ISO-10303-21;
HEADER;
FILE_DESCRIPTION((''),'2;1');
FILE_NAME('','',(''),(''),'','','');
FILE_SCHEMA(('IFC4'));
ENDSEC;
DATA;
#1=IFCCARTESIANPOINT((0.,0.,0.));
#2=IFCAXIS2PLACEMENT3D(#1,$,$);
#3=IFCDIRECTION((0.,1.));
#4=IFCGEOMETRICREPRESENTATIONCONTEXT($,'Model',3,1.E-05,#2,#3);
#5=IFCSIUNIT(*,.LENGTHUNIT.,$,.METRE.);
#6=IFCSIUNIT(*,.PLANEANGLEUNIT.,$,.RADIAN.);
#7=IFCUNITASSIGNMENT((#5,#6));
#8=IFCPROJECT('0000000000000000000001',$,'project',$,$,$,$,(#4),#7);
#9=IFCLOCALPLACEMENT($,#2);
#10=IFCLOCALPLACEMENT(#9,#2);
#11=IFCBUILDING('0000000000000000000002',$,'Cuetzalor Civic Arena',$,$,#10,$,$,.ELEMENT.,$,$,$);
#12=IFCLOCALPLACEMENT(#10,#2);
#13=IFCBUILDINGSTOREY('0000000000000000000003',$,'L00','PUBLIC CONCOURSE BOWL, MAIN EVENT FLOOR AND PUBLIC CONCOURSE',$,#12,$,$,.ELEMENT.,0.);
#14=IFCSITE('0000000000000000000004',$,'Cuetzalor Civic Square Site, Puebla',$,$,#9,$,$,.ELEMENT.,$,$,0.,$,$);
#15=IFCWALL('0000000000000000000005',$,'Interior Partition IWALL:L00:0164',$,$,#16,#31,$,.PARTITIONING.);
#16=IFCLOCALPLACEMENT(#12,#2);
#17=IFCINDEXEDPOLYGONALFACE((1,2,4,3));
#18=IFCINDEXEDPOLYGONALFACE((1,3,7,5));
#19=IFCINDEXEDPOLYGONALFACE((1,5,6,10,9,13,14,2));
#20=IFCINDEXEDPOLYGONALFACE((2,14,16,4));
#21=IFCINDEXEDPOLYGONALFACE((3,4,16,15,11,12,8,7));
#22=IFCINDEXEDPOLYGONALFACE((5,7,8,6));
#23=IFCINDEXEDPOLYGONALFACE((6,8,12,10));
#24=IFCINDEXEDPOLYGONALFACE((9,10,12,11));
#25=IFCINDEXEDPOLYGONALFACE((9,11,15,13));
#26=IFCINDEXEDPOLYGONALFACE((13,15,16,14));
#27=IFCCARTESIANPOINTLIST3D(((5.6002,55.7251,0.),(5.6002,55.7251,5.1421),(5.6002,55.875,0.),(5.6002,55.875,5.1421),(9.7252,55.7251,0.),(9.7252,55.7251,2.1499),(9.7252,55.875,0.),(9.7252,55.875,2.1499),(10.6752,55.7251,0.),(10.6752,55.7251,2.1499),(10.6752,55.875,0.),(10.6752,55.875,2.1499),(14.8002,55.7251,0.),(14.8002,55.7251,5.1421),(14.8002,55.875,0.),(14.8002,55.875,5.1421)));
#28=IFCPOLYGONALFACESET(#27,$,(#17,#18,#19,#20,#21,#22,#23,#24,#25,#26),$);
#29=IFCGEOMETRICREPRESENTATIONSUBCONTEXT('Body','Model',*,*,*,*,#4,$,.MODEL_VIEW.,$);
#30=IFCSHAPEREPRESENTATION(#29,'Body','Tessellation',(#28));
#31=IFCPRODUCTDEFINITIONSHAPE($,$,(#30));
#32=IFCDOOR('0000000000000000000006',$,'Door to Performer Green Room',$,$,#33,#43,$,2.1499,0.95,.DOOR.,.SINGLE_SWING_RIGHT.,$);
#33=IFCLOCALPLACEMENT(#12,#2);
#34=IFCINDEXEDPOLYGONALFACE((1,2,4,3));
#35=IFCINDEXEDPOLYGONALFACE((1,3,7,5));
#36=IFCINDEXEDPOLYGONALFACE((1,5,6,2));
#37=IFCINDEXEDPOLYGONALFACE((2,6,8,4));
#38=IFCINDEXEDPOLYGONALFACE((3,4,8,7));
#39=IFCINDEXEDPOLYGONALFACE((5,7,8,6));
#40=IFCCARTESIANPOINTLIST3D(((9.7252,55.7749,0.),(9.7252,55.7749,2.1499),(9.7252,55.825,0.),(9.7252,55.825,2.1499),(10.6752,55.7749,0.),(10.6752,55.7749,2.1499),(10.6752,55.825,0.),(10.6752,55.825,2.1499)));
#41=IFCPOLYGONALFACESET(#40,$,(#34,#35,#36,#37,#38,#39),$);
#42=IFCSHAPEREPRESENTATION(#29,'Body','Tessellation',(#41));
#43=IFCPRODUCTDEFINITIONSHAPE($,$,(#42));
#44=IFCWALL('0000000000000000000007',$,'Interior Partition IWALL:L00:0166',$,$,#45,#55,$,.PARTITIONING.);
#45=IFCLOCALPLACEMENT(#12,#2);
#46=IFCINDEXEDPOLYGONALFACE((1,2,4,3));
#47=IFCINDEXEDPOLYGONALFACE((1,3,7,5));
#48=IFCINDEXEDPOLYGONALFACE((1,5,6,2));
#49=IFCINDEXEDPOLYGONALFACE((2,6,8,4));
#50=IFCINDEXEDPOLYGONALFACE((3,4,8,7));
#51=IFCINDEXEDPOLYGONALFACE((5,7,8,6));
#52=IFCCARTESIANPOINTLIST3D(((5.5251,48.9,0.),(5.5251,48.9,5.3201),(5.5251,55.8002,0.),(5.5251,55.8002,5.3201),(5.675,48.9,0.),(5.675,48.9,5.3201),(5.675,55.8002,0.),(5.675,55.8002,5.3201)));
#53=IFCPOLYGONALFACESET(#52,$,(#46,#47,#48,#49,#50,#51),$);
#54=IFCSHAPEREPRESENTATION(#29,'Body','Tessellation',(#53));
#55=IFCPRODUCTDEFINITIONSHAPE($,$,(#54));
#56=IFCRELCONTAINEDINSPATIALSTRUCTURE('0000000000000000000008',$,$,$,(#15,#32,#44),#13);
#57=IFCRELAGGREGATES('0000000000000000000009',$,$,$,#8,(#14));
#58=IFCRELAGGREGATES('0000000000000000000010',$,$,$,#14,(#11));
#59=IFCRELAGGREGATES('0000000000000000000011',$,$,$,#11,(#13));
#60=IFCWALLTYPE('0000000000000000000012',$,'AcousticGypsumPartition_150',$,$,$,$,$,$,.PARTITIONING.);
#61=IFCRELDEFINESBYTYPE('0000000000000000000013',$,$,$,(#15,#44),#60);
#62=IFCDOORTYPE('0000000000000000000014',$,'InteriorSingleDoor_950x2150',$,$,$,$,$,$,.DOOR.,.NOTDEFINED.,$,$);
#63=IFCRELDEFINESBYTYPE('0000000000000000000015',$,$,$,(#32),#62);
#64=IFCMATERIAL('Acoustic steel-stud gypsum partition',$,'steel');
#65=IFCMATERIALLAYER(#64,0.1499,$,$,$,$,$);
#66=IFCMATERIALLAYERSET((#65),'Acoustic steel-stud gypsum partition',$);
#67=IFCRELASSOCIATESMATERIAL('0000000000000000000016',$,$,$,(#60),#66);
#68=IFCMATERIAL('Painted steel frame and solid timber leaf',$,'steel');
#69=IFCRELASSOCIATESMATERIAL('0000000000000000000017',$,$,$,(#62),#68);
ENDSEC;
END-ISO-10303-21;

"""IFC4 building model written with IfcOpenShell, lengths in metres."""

from ifc_helpers import new_model, si_unit, direction, frame, frame_2d, origin, place, context, subcontext, project, spatial, rectangle, extrude, material, layer, layer_set, type_object, element, fill, save


model = new_model("IFC4")

# Units and contexts
model_context = context("Model", 3, precision=1e-05, world=origin(), true_north=direction((0.0, 1.0)))
body_context = subcontext(model_context, "Body", "Model", "MODEL_VIEW")
ifc_project = project(units=[si_unit("LENGTHUNIT", "METRE"), si_unit("PLANEANGLEUNIT", "RADIAN")], contexts=[model_context])

# Site, building, storey
site_placement = place(None, origin())
site = spatial("IfcSite", under=ifc_project, at=site_placement, Name="Cuetzalor Civic Square Site, Puebla", CompositionType="ELEMENT", RefElevation=0.0)
building_placement = place(site_placement, origin())
building = spatial("IfcBuilding", under=site, at=building_placement, Name="Cuetzalor Civic Arena", CompositionType="ELEMENT")
storey_placement = place(building_placement, origin())
storey = spatial("IfcBuildingStorey", under=building, at=storey_placement, Name="L00", Description="PUBLIC CONCOURSE BOWL, MAIN EVENT FLOOR AND PUBLIC CONCOURSE", CompositionType="ELEMENT", Elevation=0.0)

# Shared definitions
ifc_material_1 = material(Name="Acoustic steel-stud gypsum partition", Category="steel")
ifc_layer = layer(ifc_material_1, 0.1499)
ifc_layer_set = layer_set([ifc_layer], Name="Acoustic steel-stud gypsum partition")
wall_type = type_object("IfcWallType", Name="AcousticGypsumPartition_150", PredefinedType="PARTITIONING", material=ifc_layer_set)
ifc_material_2 = material(Name="Painted steel frame and solid timber leaf", Category="steel")
door_type = type_object("IfcDoorType", Name="InteriorSingleDoor_950x2150", OperationType="NOTDEFINED", PredefinedType="DOOR", material=ifc_material_2)

# Wall, opening, door
wall_1_placement = place(storey_placement, frame((5.6001, 55.8, 0.0), z_axis=(0.0, 0.0, 1.0), x_axis=(1.0, 0.0, 0.0)))
wall_1 = element("IfcWall", 1, at=wall_1_placement, inside=storey, type_object=wall_type, Name="Interior Partition IWALL:L00:0164", PredefinedType="PARTITIONING", context=body_context, shape_type="SweptSolid", body=[
    extrude(rectangle(XDim=9.2, YDim=0.1499, at=frame_2d((4.6001, 0.0))), origin(), (0.0, 0.0, 1.0), 5.1421),
])
opening_1_placement = place(wall_1_placement, frame((4.125, 0.0, 0.0)))
opening_1 = element("IfcOpeningElement", 2, at=opening_1_placement, cuts=wall_1, PredefinedType="OPENING", context=body_context, shape_type="SweptSolid", body=[
    extrude(rectangle(XDim=0.95, YDim=2.1499, at=frame_2d((0.4751, 1.075))), frame((0.0, 0.085, 0.0), z_axis=(0.0, -1.0, 0.0), x_axis=(1.0, 0.0, 0.0)), (0.0, 0.0, 1.0), 0.1699),
])
door_1_placement = place(opening_1_placement, origin())
door_1 = element("IfcDoor", 3, at=door_1_placement, inside=storey, type_object=door_type, Name="Door to Performer Green Room", OperationType="SINGLE_SWING_RIGHT", OverallHeight=2.1499, OverallWidth=0.95, PredefinedType="DOOR", context=body_context, shape_type="SweptSolid", body=[
    extrude(rectangle(XDim=0.95, YDim=2.1499, at=frame_2d((0.4751, 1.075))), frame((0.0, 0.0249, 0.0), z_axis=(0.0, -1.0, 0.0), x_axis=(1.0, 0.0, 0.0)), (0.0, 0.0, 1.0), 0.05),
])
fill(opening_1, door_1)

# Wall
wall_2_placement = place(storey_placement, frame((5.6001, 48.8999, 0.0), z_axis=(0.0, 0.0, 1.0), x_axis=(0.0, 1.0, 0.0)))
element("IfcWall", 4, at=wall_2_placement, inside=storey, type_object=wall_type, Name="Interior Partition IWALL:L00:0166", PredefinedType="PARTITIONING", context=body_context, shape_type="SweptSolid", body=[
    extrude(rectangle(XDim=6.9001, YDim=0.1499, at=frame_2d((3.4502, 0.0))), origin(), (0.0, 0.0, 1.0), 5.3201),
])

save(model, "model.ifc")
